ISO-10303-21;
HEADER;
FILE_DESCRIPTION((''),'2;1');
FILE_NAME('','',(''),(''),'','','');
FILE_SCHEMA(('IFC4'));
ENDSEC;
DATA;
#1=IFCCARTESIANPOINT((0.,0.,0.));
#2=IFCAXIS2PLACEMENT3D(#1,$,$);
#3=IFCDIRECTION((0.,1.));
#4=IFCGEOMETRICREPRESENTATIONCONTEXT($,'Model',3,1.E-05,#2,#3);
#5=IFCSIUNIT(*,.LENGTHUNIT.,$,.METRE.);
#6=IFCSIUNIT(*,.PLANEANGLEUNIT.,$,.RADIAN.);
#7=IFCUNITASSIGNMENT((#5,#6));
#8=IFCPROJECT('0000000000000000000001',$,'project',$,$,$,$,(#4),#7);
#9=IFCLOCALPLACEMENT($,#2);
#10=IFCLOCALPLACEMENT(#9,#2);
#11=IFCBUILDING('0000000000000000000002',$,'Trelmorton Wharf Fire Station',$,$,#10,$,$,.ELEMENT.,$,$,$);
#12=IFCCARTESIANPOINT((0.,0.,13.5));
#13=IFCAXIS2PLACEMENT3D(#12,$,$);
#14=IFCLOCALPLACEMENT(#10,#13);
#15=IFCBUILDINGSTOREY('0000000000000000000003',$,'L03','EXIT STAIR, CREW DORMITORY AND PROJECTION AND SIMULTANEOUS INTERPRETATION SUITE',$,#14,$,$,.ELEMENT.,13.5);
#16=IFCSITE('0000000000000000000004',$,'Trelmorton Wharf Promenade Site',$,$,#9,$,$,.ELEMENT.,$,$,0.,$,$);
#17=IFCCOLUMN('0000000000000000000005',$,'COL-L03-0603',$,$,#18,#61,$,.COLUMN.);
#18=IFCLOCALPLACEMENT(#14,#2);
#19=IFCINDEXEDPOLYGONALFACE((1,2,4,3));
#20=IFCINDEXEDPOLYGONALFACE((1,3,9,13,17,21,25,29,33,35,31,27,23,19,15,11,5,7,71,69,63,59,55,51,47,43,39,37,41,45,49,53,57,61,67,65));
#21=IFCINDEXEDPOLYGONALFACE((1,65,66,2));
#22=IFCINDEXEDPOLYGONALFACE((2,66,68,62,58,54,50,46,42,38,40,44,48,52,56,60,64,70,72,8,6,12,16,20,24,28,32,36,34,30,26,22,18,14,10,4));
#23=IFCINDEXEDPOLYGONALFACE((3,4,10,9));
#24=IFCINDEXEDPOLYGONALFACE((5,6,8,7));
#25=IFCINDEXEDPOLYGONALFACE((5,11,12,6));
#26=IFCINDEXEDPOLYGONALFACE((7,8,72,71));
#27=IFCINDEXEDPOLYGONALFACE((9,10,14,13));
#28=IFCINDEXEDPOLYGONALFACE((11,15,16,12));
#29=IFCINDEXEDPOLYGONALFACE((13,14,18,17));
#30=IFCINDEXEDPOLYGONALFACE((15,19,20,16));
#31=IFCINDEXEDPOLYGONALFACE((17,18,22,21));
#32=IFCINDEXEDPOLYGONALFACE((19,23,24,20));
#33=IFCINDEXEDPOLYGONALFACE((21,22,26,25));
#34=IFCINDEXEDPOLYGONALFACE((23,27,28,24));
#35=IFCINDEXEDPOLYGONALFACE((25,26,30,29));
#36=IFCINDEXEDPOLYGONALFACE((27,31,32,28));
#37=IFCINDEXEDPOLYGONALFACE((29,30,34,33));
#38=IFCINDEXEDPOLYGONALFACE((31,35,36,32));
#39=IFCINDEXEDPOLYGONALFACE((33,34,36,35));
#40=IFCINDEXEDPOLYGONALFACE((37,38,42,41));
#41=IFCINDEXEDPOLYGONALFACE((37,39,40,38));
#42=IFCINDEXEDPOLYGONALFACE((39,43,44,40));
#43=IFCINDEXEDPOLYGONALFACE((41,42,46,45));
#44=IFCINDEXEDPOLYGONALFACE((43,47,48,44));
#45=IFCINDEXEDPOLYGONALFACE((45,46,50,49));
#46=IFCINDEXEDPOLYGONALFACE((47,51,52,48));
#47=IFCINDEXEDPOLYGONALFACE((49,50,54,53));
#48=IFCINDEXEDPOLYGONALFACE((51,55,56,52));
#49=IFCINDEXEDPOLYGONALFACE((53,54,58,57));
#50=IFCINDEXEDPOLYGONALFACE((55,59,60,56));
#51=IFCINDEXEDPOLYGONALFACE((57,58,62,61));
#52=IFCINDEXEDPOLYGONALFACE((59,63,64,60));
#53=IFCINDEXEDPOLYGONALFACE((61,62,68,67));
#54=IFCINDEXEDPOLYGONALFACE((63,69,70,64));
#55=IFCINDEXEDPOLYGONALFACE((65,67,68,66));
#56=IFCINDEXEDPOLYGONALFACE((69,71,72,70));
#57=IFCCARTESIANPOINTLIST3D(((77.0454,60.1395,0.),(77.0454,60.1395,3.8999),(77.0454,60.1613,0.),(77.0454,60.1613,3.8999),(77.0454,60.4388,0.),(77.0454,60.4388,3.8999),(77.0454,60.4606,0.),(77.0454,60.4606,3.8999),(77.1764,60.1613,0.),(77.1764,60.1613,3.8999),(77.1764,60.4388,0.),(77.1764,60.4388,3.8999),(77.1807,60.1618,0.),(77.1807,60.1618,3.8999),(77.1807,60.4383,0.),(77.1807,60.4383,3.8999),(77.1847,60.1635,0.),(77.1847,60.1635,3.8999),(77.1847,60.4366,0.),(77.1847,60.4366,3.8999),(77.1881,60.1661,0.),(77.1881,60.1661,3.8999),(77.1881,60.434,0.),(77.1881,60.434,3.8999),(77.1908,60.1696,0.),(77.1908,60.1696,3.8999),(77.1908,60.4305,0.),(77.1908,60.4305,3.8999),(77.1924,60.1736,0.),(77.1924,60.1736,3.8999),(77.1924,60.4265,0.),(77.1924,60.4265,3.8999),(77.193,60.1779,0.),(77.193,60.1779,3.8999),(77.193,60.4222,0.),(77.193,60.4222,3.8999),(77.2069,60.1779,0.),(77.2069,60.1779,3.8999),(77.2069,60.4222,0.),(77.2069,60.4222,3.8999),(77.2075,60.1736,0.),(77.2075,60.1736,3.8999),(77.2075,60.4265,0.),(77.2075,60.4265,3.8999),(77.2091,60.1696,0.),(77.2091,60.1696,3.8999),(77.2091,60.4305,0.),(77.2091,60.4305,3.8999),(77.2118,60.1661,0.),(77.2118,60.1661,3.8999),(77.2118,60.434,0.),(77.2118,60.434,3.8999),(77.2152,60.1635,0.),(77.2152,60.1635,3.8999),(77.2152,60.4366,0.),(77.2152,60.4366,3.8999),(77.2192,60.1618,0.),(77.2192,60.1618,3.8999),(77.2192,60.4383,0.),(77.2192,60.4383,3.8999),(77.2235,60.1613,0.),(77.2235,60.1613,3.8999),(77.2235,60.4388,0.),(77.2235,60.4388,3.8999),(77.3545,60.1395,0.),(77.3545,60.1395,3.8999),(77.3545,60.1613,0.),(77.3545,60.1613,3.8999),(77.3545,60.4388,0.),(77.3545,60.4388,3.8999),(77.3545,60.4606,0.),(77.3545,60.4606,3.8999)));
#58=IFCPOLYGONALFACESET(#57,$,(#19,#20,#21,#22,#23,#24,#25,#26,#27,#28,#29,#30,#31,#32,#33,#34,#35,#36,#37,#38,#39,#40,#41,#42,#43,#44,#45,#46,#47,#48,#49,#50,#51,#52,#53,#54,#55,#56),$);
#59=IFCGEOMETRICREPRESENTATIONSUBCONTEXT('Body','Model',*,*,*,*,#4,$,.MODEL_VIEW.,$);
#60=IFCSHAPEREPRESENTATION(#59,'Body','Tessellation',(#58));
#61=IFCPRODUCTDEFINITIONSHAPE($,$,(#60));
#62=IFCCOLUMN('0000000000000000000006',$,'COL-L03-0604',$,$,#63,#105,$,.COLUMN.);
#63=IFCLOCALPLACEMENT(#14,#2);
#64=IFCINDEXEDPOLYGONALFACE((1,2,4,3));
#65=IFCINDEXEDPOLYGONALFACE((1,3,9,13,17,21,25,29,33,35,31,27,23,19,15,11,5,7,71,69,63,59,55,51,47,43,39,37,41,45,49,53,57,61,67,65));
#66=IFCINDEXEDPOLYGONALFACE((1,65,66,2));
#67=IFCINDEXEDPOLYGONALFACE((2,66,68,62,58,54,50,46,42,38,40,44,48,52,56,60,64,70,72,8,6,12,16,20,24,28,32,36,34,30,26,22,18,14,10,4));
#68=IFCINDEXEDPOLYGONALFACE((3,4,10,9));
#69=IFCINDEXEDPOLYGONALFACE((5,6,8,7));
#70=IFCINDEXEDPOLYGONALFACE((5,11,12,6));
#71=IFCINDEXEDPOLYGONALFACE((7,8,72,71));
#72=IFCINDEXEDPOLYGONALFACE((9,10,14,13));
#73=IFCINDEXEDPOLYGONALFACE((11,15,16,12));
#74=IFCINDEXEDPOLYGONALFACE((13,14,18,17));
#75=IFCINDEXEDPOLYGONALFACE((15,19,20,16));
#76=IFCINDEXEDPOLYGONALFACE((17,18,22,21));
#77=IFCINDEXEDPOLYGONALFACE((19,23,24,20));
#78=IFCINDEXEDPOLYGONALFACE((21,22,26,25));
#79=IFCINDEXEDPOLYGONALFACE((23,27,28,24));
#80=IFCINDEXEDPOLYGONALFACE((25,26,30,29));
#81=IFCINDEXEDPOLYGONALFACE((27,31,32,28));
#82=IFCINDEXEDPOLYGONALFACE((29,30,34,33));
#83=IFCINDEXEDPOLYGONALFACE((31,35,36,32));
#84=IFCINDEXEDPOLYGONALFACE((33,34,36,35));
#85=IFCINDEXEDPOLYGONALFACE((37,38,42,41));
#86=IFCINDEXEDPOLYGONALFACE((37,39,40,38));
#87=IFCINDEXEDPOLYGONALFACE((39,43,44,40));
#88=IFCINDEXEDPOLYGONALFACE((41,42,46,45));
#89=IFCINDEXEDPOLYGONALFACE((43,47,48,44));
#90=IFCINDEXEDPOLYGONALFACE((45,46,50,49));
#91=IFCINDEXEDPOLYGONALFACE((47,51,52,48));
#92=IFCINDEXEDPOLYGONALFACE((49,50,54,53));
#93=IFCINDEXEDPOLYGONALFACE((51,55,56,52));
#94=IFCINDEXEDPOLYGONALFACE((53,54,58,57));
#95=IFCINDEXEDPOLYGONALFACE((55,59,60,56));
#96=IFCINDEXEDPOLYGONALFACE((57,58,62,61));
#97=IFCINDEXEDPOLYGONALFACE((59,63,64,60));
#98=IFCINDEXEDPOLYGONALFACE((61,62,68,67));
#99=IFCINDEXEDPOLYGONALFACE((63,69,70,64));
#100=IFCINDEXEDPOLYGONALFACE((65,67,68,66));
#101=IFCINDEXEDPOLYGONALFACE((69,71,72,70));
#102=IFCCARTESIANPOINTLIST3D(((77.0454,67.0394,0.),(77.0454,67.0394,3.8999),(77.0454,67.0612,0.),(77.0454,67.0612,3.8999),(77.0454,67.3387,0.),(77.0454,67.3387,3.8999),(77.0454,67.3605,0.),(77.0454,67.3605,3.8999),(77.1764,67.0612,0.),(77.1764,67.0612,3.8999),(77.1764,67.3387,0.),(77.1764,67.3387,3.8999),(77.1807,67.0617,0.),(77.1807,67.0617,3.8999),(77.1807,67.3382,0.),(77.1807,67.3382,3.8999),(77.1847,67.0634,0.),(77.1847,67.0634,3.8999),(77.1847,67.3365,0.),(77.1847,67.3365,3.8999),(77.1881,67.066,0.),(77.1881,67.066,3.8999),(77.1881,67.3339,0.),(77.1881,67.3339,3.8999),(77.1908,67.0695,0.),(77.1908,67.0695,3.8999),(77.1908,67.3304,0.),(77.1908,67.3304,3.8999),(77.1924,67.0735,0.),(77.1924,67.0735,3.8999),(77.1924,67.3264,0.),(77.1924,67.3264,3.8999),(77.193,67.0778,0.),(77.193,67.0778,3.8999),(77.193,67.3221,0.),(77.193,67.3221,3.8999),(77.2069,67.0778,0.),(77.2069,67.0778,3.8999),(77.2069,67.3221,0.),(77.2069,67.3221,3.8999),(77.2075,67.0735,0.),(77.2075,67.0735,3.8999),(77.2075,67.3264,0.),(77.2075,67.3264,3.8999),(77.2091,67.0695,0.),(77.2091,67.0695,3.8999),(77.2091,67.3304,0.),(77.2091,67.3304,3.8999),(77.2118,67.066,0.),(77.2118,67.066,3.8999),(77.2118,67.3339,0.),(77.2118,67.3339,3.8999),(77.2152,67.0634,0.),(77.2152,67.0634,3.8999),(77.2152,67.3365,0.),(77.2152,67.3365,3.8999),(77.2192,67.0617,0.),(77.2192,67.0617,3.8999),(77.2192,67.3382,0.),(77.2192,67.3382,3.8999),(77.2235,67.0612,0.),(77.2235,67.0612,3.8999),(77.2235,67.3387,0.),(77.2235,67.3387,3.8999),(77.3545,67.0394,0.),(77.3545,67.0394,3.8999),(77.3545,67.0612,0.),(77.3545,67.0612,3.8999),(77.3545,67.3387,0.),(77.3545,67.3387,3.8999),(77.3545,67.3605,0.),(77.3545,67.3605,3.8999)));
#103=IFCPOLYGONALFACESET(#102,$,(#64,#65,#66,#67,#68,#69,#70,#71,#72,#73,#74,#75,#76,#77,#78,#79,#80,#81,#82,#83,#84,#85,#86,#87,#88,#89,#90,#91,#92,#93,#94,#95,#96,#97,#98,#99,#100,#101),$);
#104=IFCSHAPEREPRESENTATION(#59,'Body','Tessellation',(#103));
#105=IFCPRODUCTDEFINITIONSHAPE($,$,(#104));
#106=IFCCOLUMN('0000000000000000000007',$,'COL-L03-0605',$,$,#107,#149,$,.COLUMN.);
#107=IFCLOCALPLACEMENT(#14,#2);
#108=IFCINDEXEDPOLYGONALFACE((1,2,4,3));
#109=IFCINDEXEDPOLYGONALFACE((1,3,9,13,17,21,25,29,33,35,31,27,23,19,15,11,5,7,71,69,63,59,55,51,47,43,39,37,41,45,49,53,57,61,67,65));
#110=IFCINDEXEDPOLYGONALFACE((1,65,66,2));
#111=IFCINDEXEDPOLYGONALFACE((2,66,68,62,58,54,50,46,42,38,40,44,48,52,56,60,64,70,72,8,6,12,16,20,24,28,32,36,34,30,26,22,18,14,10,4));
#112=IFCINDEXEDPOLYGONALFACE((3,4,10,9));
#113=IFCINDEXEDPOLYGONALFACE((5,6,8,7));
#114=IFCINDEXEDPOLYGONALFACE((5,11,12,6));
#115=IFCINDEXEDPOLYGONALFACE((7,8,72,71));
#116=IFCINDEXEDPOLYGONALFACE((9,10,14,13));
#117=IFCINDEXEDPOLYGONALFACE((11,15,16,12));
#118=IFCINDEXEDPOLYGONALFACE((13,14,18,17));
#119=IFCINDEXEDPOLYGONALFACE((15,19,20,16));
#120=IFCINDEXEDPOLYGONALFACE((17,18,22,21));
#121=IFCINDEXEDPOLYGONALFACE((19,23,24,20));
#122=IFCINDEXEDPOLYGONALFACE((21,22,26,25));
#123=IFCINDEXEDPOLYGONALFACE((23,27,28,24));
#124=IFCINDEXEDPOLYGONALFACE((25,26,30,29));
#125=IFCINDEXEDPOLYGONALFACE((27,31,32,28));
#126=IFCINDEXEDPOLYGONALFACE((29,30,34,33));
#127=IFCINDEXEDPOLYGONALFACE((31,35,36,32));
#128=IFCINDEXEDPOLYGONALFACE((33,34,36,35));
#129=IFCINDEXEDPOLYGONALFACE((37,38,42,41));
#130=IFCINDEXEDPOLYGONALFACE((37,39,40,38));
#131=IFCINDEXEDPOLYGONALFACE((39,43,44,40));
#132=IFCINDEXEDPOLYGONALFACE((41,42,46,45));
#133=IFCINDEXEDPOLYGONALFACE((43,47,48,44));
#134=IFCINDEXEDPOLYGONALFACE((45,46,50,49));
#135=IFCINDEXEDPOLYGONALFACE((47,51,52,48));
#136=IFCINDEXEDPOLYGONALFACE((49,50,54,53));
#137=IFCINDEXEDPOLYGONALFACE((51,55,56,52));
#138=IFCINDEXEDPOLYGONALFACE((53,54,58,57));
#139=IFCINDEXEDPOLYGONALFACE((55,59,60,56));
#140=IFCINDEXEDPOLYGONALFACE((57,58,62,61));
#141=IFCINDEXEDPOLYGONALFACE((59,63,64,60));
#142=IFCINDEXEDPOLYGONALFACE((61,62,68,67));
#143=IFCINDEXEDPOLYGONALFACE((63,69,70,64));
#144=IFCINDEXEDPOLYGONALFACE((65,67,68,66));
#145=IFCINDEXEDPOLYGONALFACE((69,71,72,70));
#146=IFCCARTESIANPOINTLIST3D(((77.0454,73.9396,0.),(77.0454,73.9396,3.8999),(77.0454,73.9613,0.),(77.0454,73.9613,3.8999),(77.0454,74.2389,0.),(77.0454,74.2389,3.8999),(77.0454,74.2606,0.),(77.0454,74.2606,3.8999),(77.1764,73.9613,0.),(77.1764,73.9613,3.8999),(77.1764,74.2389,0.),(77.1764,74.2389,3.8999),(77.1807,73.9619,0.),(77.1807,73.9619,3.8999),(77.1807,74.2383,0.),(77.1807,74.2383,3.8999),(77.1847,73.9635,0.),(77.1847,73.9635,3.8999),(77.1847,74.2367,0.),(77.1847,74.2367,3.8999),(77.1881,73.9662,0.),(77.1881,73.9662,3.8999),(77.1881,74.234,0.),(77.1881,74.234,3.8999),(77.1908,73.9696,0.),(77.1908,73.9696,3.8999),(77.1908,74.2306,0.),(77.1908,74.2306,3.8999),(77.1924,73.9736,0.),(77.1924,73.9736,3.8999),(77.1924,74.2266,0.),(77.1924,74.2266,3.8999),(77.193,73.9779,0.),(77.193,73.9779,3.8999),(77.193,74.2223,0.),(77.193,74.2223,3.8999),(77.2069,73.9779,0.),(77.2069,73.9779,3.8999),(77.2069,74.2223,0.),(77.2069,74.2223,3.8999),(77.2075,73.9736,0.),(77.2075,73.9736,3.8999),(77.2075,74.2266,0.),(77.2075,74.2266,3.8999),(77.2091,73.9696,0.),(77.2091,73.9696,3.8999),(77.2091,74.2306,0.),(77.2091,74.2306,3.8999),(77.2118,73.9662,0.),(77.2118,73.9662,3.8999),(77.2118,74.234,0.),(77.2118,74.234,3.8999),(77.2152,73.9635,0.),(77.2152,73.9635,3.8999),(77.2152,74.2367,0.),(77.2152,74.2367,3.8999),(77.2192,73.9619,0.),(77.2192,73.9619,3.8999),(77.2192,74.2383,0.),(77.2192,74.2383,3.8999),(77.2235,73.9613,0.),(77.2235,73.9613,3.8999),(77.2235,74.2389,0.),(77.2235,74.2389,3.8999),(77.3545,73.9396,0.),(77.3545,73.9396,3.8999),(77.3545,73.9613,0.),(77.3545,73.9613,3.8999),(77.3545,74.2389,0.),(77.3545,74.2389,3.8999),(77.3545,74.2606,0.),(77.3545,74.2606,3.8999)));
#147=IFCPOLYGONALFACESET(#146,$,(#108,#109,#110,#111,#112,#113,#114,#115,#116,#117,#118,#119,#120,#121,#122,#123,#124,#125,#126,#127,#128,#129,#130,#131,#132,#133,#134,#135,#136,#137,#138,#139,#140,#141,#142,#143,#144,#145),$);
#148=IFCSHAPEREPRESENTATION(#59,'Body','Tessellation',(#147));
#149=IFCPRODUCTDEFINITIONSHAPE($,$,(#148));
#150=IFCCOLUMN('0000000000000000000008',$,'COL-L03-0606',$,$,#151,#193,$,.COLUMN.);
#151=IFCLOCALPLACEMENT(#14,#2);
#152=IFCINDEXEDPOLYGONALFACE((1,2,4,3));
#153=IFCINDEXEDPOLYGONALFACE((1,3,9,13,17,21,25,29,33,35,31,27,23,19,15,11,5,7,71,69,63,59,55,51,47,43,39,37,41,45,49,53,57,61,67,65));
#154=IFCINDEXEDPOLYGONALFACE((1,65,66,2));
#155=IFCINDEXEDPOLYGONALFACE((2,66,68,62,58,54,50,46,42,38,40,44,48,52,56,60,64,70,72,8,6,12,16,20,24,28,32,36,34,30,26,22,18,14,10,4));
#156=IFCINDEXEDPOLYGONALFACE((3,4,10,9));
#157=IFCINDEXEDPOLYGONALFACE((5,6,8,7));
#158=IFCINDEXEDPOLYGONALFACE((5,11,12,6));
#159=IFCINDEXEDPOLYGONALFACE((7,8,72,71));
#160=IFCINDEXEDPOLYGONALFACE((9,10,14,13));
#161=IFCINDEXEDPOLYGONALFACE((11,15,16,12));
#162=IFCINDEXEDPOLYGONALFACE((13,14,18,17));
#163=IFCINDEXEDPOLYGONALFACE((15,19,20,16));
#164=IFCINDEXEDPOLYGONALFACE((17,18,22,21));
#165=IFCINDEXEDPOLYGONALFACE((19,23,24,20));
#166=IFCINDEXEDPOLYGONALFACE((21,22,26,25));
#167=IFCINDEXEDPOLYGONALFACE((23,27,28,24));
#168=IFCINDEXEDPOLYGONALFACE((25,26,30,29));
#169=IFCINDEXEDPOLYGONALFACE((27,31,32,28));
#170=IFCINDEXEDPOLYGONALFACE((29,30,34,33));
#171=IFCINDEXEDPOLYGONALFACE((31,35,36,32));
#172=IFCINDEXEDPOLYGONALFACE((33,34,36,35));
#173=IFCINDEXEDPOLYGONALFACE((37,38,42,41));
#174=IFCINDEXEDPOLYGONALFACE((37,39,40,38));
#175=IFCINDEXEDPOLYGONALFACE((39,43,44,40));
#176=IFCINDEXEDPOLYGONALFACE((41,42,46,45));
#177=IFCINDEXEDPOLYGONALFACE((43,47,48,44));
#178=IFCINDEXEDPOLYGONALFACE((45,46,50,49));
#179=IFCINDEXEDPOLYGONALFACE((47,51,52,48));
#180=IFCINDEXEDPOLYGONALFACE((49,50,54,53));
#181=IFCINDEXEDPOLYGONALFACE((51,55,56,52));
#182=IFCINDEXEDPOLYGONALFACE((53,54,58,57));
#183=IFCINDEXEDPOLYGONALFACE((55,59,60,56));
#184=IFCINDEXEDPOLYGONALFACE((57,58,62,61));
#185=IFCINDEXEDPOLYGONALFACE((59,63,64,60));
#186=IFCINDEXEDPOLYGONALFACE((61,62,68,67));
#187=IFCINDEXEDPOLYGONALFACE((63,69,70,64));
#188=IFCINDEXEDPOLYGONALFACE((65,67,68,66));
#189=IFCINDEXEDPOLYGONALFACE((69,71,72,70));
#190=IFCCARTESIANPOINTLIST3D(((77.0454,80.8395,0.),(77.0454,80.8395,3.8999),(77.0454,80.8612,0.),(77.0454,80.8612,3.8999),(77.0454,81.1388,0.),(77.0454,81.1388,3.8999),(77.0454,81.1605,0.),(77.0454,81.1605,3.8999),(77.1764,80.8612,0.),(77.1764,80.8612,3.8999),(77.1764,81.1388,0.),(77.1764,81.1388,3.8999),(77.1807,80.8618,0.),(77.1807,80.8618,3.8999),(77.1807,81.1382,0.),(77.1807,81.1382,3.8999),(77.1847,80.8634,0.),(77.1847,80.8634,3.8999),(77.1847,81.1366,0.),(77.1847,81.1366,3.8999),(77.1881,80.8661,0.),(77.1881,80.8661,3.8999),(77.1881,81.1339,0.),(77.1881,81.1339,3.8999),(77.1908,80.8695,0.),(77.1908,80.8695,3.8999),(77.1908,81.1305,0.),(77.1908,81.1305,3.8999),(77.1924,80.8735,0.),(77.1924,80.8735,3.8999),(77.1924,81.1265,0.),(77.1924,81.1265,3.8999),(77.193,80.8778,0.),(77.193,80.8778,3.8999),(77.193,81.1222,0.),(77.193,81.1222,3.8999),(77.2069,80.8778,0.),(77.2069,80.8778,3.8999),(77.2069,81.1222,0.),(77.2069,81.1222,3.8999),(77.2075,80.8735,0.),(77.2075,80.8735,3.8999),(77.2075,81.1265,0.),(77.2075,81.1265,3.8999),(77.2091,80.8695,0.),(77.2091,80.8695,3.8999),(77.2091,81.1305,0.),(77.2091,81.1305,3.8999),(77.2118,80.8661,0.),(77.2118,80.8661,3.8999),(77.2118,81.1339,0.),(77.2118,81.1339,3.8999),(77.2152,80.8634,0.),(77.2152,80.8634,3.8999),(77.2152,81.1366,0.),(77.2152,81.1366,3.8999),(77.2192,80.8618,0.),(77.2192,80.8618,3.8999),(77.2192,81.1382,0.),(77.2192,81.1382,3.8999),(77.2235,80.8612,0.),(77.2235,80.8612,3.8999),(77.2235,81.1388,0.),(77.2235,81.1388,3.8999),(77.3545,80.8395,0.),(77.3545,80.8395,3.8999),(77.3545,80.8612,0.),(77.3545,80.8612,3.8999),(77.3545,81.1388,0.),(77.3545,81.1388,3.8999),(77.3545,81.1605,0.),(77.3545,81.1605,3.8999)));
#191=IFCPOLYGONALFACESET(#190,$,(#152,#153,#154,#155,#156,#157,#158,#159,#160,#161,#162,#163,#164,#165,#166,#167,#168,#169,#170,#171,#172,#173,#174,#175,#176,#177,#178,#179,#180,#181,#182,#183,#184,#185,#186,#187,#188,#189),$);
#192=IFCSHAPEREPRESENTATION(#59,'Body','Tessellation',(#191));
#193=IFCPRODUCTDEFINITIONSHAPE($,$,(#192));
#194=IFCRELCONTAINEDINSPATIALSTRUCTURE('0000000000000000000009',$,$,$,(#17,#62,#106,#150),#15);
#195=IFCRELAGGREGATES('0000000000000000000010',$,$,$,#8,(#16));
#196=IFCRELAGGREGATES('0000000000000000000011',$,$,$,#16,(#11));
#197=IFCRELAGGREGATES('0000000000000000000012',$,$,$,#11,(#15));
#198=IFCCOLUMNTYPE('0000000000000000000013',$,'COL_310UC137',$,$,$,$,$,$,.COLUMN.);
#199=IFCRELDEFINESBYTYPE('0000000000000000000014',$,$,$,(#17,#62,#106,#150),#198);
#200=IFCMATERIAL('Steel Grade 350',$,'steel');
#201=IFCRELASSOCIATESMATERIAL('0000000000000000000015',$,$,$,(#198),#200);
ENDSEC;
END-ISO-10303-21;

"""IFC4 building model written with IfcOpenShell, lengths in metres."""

from ifc_helpers import new_model, si_unit, direction, frame, origin, origin_2d, place, context, subcontext, project, spatial, i_section, extrude, material, material_profile, profile_set, type_object, element, save


model = new_model("IFC4")

# Units and contexts
model_context = context("Model", 3, precision=1e-05, world=origin(), true_north=direction((0.0, 1.0)))
body_context = subcontext(model_context, "Body", "Model", "MODEL_VIEW")
ifc_project = project(units=[si_unit("LENGTHUNIT", "METRE"), si_unit("PLANEANGLEUNIT", "RADIAN")], contexts=[model_context])

# Site, building, storey
site_placement = place(None, origin())
site = spatial("IfcSite", under=ifc_project, at=site_placement, Name="Trelmorton Wharf Promenade Site", CompositionType="ELEMENT", RefElevation=0.0)
building_placement = place(site_placement, origin())
building = spatial("IfcBuilding", under=site, at=building_placement, Name="Trelmorton Wharf Fire Station", CompositionType="ELEMENT")
storey_placement = place(building_placement, frame((0.0, 0.0, 13.5)))
storey = spatial("IfcBuildingStorey", under=building, at=storey_placement, Name="L03", Description="EXIT STAIR, CREW DORMITORY AND PROJECTION AND SIMULTANEOUS INTERPRETATION SUITE", CompositionType="ELEMENT", Elevation=13.5)

# Columns
ifc_material_1 = material(Name="Steel Grade 350", Category="steel")
ifc_material_profile_1 = material_profile(ifc_material_1, i_section(OverallWidth=0.3091, OverallDepth=0.321, WebThickness=0.0139, FlangeThickness=0.0217, FilletRadius=0.0166, at=origin_2d()), Name="310UC137")
ifc_profile_set_1 = profile_set([ifc_material_profile_1], Name="Steel Grade 350")
column_type = type_object("IfcColumnType", Name="COL_310UC137", PredefinedType="COLUMN", material=ifc_profile_set_1)
for number, where, z_axis, x_axis, name in (
    (1, (77.2, 60.3, 0.0), (0.0, 0.0, 1.0), (1.0, 0.0, 0.0), "COL-L03-0603"),
    (2, (77.2, 67.2, 0.0), (0.0, 0.0, 1.0), (1.0, 0.0, 0.0), "COL-L03-0604"),
    (3, (77.2, 74.1001, 0.0), (0.0, 0.0, 1.0), (1.0, 0.0, 0.0), "COL-L03-0605"),
    (4, (77.2, 81.0, 0.0), (0.0, 0.0, 1.0), (1.0, 0.0, 0.0), "COL-L03-0606"),
):
    element("IfcColumn", number, at=place(storey_placement, frame(where, z_axis=z_axis, x_axis=x_axis)), inside=storey, type_object=column_type, Name=name, PredefinedType="COLUMN", context=body_context, shape_type="SweptSolid", body=[
        extrude(i_section(OverallWidth=0.3091, OverallDepth=0.321, WebThickness=0.0139, FlangeThickness=0.0217, FilletRadius=0.0166, at=origin_2d()), origin(), (0.0, 0.0, 1.0), 3.8999),
    ])

save(model, "model.ifc")
